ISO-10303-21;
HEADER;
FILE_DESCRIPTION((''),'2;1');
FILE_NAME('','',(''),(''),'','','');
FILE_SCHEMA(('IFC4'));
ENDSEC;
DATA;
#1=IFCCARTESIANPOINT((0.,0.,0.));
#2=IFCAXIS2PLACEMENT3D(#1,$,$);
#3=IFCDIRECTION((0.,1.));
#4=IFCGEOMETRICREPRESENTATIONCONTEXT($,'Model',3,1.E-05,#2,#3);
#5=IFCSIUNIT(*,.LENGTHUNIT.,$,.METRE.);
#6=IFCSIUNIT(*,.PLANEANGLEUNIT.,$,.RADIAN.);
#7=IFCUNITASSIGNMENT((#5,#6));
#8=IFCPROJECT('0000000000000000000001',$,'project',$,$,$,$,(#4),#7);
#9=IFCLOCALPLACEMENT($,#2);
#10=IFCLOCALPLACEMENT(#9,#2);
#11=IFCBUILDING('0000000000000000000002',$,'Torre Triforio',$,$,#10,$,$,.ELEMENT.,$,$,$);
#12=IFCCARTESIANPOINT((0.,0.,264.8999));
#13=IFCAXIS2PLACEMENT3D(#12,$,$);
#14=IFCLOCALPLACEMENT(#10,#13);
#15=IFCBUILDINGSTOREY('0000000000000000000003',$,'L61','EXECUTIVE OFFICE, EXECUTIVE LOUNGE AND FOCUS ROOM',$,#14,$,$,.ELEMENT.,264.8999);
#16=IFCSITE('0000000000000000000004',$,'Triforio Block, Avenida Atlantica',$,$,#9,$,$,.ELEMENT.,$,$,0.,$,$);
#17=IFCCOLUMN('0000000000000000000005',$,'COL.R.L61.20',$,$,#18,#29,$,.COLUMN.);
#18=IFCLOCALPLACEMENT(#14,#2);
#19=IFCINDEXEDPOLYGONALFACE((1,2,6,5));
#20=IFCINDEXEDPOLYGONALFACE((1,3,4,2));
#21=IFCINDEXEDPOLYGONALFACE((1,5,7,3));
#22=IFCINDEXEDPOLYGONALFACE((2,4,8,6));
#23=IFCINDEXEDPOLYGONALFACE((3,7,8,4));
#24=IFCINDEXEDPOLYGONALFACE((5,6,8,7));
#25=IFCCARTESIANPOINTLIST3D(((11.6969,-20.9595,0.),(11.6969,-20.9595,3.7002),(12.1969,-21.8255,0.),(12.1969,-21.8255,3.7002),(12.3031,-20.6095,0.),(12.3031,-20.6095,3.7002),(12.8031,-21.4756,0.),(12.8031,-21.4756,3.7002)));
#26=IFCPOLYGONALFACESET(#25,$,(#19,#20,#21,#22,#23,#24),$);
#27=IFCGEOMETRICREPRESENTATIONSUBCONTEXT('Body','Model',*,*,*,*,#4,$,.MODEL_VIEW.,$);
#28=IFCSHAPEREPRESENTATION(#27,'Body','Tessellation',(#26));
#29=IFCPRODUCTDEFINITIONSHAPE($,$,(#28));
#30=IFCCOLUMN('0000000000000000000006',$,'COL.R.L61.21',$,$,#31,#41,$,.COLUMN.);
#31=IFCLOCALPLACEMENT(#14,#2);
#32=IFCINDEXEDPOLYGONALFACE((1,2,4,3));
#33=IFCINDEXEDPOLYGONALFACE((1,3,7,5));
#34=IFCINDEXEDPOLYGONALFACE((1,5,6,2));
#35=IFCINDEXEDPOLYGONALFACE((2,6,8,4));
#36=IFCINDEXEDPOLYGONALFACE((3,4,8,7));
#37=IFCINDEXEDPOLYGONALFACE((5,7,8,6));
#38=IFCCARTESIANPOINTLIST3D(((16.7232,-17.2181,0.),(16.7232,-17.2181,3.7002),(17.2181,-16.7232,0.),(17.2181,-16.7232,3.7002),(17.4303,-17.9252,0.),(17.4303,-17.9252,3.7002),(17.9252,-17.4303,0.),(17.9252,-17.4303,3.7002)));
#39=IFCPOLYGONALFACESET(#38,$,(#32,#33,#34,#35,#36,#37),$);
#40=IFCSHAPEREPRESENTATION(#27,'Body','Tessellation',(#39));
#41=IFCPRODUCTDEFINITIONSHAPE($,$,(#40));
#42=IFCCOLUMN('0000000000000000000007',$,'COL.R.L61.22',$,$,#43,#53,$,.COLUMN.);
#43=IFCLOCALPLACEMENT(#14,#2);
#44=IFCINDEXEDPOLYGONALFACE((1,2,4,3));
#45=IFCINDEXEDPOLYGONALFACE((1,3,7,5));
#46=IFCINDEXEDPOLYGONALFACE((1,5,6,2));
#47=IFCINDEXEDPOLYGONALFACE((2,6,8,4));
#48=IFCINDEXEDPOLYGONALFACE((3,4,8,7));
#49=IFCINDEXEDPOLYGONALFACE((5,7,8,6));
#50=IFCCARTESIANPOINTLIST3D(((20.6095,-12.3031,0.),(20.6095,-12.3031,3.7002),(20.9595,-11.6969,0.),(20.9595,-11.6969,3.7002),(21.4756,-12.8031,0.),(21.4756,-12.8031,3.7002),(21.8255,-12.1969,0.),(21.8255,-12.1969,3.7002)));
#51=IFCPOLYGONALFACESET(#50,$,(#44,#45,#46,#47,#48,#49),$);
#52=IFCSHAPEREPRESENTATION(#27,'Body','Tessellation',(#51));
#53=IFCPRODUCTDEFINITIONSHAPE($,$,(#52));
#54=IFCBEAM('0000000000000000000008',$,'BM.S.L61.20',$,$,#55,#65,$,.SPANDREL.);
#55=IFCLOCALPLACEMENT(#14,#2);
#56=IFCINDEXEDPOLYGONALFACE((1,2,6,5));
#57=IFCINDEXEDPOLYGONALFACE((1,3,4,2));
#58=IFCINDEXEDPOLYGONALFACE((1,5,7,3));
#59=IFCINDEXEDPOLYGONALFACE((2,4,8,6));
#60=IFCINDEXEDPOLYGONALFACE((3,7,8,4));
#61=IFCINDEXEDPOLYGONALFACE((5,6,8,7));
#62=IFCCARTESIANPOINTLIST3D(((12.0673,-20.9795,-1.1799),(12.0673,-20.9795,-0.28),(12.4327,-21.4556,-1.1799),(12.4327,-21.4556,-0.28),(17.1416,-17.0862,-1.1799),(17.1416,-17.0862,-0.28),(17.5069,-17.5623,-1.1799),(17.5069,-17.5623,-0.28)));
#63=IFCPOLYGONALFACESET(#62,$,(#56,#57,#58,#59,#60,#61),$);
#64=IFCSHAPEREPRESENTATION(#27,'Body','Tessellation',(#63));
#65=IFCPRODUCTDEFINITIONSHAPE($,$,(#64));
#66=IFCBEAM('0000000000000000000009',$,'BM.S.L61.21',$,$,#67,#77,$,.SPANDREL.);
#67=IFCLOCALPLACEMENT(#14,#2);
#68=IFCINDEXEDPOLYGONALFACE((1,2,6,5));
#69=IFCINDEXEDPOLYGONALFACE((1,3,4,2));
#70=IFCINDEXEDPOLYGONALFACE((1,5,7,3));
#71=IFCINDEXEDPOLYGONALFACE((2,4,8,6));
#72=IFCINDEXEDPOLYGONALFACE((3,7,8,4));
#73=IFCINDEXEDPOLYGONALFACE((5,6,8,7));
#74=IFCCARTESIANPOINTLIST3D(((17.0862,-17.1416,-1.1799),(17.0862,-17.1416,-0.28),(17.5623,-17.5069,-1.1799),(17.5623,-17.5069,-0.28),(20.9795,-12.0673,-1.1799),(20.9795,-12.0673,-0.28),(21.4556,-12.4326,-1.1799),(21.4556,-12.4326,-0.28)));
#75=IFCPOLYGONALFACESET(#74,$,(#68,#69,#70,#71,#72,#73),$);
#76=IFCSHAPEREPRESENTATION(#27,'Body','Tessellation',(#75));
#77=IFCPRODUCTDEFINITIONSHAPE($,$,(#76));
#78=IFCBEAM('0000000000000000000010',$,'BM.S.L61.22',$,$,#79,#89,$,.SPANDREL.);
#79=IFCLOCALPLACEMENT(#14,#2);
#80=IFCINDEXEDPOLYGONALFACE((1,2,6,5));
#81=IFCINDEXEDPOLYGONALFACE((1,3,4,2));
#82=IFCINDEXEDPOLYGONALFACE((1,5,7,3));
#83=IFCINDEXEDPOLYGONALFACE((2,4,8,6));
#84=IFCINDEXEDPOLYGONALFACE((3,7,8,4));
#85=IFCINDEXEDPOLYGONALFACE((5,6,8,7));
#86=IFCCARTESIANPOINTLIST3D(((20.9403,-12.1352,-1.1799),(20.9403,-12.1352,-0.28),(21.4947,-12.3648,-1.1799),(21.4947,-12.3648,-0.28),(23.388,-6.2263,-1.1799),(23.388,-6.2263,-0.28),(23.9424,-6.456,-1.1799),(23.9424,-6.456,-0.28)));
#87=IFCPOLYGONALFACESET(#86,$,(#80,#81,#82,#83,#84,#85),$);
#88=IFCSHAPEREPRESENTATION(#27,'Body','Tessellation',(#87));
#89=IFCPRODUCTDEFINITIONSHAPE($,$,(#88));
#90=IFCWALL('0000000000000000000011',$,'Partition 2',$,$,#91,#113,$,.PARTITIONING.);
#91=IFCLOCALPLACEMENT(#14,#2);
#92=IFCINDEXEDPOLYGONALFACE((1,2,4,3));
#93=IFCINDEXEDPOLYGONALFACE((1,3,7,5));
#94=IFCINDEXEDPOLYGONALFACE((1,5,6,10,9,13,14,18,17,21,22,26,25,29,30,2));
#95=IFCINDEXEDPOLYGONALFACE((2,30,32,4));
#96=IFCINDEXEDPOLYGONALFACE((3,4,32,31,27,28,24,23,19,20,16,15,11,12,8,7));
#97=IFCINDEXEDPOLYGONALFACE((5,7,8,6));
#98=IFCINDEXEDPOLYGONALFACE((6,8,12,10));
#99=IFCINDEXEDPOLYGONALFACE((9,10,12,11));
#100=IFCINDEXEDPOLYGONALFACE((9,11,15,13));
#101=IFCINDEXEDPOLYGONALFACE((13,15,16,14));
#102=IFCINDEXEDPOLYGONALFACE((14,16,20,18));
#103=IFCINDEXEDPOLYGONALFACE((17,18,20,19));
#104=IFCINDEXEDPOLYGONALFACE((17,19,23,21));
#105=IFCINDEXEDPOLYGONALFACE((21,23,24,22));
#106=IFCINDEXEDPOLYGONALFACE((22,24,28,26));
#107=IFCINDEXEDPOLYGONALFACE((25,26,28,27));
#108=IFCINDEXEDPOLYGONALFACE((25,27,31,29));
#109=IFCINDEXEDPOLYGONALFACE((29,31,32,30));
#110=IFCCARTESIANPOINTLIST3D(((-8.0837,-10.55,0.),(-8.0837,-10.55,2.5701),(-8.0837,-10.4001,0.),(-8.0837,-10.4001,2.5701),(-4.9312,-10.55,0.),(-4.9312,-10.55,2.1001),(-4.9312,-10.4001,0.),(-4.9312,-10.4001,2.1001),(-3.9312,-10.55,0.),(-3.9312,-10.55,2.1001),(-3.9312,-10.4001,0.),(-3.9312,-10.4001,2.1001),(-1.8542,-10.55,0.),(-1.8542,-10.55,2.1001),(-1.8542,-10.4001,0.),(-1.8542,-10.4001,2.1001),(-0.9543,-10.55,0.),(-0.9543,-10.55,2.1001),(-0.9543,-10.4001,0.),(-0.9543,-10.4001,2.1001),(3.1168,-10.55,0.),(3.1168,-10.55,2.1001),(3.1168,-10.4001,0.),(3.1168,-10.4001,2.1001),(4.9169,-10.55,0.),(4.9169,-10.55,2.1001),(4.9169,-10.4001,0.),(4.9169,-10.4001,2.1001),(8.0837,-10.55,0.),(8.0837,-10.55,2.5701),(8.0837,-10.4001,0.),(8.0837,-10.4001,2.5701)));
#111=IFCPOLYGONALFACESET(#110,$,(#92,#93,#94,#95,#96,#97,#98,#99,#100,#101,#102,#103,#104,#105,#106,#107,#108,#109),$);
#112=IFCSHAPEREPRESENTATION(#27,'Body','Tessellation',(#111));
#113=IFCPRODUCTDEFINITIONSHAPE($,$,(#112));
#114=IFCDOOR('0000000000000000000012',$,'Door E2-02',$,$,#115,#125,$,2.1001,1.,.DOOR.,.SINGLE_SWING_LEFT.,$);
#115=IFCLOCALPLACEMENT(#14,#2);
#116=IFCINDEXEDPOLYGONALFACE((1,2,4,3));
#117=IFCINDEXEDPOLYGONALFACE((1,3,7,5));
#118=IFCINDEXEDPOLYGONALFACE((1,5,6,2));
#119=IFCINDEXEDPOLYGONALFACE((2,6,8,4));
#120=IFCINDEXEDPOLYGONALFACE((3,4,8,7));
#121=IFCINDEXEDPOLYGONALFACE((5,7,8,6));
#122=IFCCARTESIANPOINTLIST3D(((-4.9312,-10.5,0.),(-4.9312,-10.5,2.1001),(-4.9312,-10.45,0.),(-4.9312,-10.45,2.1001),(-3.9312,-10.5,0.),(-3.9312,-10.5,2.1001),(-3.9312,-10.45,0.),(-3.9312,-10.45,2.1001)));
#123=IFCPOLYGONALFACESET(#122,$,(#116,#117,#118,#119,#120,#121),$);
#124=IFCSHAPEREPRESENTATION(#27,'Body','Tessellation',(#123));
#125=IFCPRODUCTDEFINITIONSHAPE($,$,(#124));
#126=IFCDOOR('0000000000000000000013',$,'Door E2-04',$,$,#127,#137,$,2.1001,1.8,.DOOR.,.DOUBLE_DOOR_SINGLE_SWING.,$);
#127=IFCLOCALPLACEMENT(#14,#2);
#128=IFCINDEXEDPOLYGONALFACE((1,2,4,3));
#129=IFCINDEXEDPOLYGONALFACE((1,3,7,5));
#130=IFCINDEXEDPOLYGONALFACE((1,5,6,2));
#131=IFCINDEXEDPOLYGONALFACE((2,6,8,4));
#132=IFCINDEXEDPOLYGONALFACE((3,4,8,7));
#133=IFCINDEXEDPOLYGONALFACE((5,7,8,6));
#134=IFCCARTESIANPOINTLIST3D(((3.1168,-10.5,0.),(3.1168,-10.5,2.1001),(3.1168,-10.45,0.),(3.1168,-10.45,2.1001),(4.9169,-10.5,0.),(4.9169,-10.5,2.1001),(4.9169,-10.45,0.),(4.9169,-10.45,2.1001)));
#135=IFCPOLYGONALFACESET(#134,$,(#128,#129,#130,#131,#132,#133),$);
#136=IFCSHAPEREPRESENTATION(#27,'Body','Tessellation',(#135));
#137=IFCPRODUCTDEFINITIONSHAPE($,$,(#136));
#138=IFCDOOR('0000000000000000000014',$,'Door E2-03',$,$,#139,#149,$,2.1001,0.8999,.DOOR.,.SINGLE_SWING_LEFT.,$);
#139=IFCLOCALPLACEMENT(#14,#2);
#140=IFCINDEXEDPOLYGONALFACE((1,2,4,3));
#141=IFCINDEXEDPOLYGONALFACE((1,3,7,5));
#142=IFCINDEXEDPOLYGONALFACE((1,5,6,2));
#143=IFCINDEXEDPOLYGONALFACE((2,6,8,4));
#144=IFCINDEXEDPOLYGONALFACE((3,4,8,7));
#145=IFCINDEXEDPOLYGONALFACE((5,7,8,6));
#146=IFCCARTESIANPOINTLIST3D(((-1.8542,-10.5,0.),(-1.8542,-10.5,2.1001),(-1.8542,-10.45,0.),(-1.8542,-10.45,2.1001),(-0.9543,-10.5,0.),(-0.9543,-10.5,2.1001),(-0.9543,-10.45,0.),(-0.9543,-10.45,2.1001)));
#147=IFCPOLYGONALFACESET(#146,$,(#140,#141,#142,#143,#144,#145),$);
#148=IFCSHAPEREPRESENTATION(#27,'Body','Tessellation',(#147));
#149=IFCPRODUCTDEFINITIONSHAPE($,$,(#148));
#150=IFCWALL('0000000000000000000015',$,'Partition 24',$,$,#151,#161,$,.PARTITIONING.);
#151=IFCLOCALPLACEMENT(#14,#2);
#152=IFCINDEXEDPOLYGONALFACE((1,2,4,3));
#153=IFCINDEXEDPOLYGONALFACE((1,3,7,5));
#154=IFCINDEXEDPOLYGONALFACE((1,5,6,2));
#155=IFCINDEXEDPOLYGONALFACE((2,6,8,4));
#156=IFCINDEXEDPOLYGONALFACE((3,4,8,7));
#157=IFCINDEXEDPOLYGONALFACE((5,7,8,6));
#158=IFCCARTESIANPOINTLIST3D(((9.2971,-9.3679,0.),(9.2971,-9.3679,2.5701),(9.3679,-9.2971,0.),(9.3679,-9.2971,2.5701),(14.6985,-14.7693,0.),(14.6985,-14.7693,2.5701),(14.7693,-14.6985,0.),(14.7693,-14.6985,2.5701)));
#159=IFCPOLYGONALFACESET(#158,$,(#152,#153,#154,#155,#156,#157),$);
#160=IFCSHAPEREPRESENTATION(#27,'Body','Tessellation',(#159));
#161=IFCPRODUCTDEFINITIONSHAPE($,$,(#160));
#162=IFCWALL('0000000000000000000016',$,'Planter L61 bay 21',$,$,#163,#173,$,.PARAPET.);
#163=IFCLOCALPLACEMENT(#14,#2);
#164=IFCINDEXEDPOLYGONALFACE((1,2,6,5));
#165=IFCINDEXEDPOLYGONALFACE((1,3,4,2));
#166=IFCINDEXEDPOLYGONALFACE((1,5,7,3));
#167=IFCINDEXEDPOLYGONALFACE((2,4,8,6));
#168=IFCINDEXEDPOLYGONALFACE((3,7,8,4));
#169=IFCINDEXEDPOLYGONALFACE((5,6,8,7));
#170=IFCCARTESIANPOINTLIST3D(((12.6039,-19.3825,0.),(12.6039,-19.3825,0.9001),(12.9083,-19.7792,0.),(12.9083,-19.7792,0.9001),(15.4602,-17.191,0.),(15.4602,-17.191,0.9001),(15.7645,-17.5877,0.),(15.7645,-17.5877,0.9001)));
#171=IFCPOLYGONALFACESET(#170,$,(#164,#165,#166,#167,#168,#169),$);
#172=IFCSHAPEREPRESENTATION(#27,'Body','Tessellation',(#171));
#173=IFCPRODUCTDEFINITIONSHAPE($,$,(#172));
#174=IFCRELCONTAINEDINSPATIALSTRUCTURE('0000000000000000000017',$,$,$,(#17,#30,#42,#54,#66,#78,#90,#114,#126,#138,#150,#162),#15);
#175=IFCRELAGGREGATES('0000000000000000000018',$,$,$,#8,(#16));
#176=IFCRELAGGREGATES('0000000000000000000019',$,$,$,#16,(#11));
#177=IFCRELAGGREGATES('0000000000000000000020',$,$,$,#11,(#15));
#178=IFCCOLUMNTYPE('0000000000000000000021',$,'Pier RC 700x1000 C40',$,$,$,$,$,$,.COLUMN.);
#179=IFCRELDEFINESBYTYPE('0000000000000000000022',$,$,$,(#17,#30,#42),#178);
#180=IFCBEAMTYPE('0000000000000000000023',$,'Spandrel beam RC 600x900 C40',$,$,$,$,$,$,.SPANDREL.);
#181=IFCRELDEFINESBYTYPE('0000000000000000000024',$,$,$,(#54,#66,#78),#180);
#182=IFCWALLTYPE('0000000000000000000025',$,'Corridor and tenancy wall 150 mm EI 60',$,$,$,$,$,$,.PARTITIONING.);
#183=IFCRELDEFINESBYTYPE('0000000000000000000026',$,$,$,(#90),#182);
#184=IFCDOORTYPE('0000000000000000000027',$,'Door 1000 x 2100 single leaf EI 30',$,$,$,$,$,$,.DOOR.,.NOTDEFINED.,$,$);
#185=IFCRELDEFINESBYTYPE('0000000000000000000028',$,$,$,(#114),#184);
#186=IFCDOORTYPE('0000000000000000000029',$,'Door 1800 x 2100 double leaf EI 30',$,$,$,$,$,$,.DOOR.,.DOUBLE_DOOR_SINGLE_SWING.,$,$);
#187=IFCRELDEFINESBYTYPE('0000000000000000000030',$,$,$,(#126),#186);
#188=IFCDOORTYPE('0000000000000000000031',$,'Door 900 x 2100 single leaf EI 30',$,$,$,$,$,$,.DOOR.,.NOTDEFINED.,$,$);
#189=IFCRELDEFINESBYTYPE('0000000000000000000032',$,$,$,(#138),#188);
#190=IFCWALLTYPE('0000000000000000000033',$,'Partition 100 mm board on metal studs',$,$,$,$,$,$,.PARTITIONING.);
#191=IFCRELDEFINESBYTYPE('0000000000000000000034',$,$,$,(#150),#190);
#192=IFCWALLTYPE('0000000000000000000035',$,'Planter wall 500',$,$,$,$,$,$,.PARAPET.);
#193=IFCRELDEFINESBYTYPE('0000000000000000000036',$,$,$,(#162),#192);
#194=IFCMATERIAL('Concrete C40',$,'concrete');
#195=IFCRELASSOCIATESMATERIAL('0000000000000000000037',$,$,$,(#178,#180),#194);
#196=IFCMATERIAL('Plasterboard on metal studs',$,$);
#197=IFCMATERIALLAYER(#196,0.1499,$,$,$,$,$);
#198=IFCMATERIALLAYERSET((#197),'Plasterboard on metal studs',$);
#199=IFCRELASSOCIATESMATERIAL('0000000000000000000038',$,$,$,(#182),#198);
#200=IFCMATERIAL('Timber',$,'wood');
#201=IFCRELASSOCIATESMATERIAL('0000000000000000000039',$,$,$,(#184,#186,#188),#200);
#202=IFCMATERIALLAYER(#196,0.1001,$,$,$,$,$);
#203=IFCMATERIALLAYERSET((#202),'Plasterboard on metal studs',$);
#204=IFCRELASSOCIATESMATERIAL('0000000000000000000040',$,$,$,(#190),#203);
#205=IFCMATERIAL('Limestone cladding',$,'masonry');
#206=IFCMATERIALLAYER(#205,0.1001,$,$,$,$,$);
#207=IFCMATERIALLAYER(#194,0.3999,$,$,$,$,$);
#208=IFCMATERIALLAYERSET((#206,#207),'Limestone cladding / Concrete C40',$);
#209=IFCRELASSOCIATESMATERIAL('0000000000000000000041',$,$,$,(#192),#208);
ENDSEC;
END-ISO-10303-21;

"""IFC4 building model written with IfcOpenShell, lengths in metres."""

from ifc_helpers import new_model, si_unit, direction, frame, frame_2d, origin, origin_2d, place, context, subcontext, project, spatial, rectangle, extrude, material, layer, layer_set, material_profile, profile_set, type_object, element, fill, save


model = new_model("IFC4")

# Units and contexts
model_context = context("Model", 3, precision=1e-05, world=origin(), true_north=direction((0.0, 1.0)))
body_context = subcontext(model_context, "Body", "Model", "MODEL_VIEW")
ifc_project = project(units=[si_unit("LENGTHUNIT", "METRE"), si_unit("PLANEANGLEUNIT", "RADIAN")], contexts=[model_context])

# Site, building, storey
site_placement = place(None, origin())
site = spatial("IfcSite", under=ifc_project, at=site_placement, Name="Triforio Block, Avenida Atlantica", CompositionType="ELEMENT", RefElevation=0.0)
building_placement = place(site_placement, origin())
building = spatial("IfcBuilding", under=site, at=building_placement, Name="Torre Triforio", CompositionType="ELEMENT")
storey_placement = place(building_placement, frame((0.0, 0.0, 264.8999)))
storey = spatial("IfcBuildingStorey", under=building, at=storey_placement, Name="L61", Description="EXECUTIVE OFFICE, EXECUTIVE LOUNGE AND FOCUS ROOM", CompositionType="ELEMENT", Elevation=264.8999)

# Columns
ifc_material_1 = material(Name="Concrete C40", Category="concrete")
ifc_material_profile_1 = material_profile(ifc_material_1, rectangle(XDim=0.7, YDim=1.0, at=origin_2d()), Name="RC 700x1000")
ifc_profile_set_1 = profile_set([ifc_material_profile_1], Name="Concrete C40")
column_type = type_object("IfcColumnType", Name="Pier RC 700x1000 C40", PredefinedType="COLUMN", material=ifc_profile_set_1)
for number, where, z_axis, x_axis, name in (
    (1, (12.25, -21.2175, 0.0), (0.0, 0.0, 1.0), (0.866025, 0.5, 0.0), "COL.R.L61.20"),
    (2, (17.3242, -17.3242, 0.0), (0.0, 0.0, 1.0), (0.707107, 0.707107, 0.0), "COL.R.L61.21"),
    (3, (21.2175, -12.25, 0.0), (0.0, 0.0, 1.0), (0.5, 0.866025, 0.0), "COL.R.L61.22"),
):
    element("IfcColumn", number, at=place(storey_placement, frame(where, z_axis=z_axis, x_axis=x_axis)), inside=storey, type_object=column_type, Name=name, PredefinedType="COLUMN", context=body_context, shape_type="SweptSolid", body=[
        extrude(rectangle(XDim=0.7, YDim=1.0, at=origin_2d()), origin(), (0.0, 0.0, 1.0), 3.7002),
    ])

# Beams
ifc_material_profile_2 = material_profile(ifc_material_1, rectangle(XDim=0.6001, YDim=0.8999, at=origin_2d()), Name="RC 600x900")
ifc_profile_set_2 = profile_set([ifc_material_profile_2], Name="Concrete C40")
beam_type = type_object("IfcBeamType", Name="Spandrel beam RC 600x900 C40", PredefinedType="SPANDREL", material=ifc_profile_set_2)
for number, where, z_axis, x_axis, name in (
    (4, (12.25, -21.2175, -0.73), (0.793374, 0.608734, 0.0), (-0.608734, 0.793374, 0.0), "BM.S.L61.20"),
    (5, (17.3242, -17.3242, -0.73), (0.608734, 0.793374, 0.0), (-0.793374, 0.608734, 0.0), "BM.S.L61.21"),
    (6, (21.2175, -12.25, -0.73), (0.382709, 0.923869, 0.0), (-0.923869, 0.382709, 0.0), "BM.S.L61.22"),
):
    element("IfcBeam", number, at=place(storey_placement, frame(where, z_axis=z_axis, x_axis=x_axis)), inside=storey, type_object=beam_type, Name=name, PredefinedType="SPANDREL", context=body_context, shape_type="SweptSolid", body=[
        extrude(rectangle(XDim=0.6001, YDim=0.8999, at=origin_2d()), origin(), (0.0, 0.0, 1.0), 6.3958),
    ])

# Wall, openings, doors
ifc_material_2 = material(Name="Plasterboard on metal studs")
ifc_layer_1 = layer(ifc_material_2, 0.1499)
ifc_layer_set_1 = layer_set([ifc_layer_1], Name="Plasterboard on metal studs")
wall_type_1 = type_object("IfcWallType", Name="Corridor and tenancy wall 150 mm EI 60", PredefinedType="PARTITIONING", material=ifc_layer_set_1)
wall_1_placement = place(storey_placement, frame((8.0837, -10.4751, 0.0), z_axis=(0.0, 0.0, 1.0), x_axis=(-1.0, 0.0, 0.0)))
wall_1 = element("IfcWall", 7, at=wall_1_placement, inside=storey, type_object=wall_type_1, Name="Partition 2", PredefinedType="PARTITIONING", context=body_context, shape_type="SweptSolid", body=[
    extrude(rectangle(XDim=16.1675, YDim=0.1499, at=frame_2d((8.0837, 0.0))), origin(), (0.0, 0.0, 1.0), 2.5701),
])
opening_1_placement = place(wall_1_placement, frame((12.0149, 0.0, 0.0)))
opening_1 = element("IfcOpeningElement", 8, at=opening_1_placement, cuts=wall_1, PredefinedType="OPENING", context=body_context, shape_type="SweptSolid", body=[
    extrude(rectangle(XDim=1.0, YDim=2.1001, at=frame_2d((0.5, 1.05))), frame((0.0, 0.085, 0.0), z_axis=(0.0, -1.0, 0.0), x_axis=(1.0, 0.0, 0.0)), (0.0, 0.0, 1.0), 0.1699),
])
opening_2_placement = place(wall_1_placement, frame((9.0381, 0.0, 0.0)))
opening_2 = element("IfcOpeningElement", 9, at=opening_2_placement, cuts=wall_1, PredefinedType="OPENING", context=body_context, shape_type="SweptSolid", body=[
    extrude(rectangle(XDim=0.8999, YDim=2.1001, at=frame_2d((0.45, 1.05))), frame((0.0, 0.085, 0.0), z_axis=(0.0, -1.0, 0.0), x_axis=(1.0, 0.0, 0.0)), (0.0, 0.0, 1.0), 0.1699),
])
opening_3_placement = place(wall_1_placement, frame((3.167, 0.0, 0.0)))
opening_3 = element("IfcOpeningElement", 10, at=opening_3_placement, cuts=wall_1, PredefinedType="OPENING", context=body_context, shape_type="SweptSolid", body=[
    extrude(rectangle(XDim=1.8, YDim=2.1001, at=frame_2d((0.8999, 1.05))), frame((0.0, 0.085, 0.0), z_axis=(0.0, -1.0, 0.0), x_axis=(1.0, 0.0, 0.0)), (0.0, 0.0, 1.0), 0.1699),
])
ifc_material_3 = material(Name="Timber", Category="wood")
door_type_1 = type_object("IfcDoorType", Name="Door 1000 x 2100 single leaf EI 30", OperationType="NOTDEFINED", PredefinedType="DOOR", material=ifc_material_3)
door_1_placement = place(opening_1_placement, origin())
door_1 = element("IfcDoor", 11, at=door_1_placement, inside=storey, type_object=door_type_1, Name="Door E2-02", OperationType="SINGLE_SWING_LEFT", OverallHeight=2.1001, OverallWidth=1.0, PredefinedType="DOOR", context=body_context, shape_type="SweptSolid", body=[
    extrude(rectangle(XDim=1.0, YDim=2.1001, at=frame_2d((0.5, 1.05))), frame((0.0, 0.0249, 0.0), z_axis=(0.0, -1.0, 0.0), x_axis=(1.0, 0.0, 0.0)), (0.0, 0.0, 1.0), 0.05),
])
fill(opening_1, door_1)
door_type_2 = type_object("IfcDoorType", Name="Door 1800 x 2100 double leaf EI 30", OperationType="DOUBLE_DOOR_SINGLE_SWING", PredefinedType="DOOR", material=ifc_material_3)
door_2_placement = place(opening_3_placement, origin())
door_2 = element("IfcDoor", 12, at=door_2_placement, inside=storey, type_object=door_type_2, Name="Door E2-04", OperationType="DOUBLE_DOOR_SINGLE_SWING", OverallHeight=2.1001, OverallWidth=1.8, PredefinedType="DOOR", context=body_context, shape_type="SweptSolid", body=[
    extrude(rectangle(XDim=1.8, YDim=2.1001, at=frame_2d((0.8999, 1.05))), frame((0.0, 0.0249, 0.0), z_axis=(0.0, -1.0, 0.0), x_axis=(1.0, 0.0, 0.0)), (0.0, 0.0, 1.0), 0.05),
])
fill(opening_3, door_2)
door_type_3 = type_object("IfcDoorType", Name="Door 900 x 2100 single leaf EI 30", OperationType="NOTDEFINED", PredefinedType="DOOR", material=ifc_material_3)
door_3_placement = place(opening_2_placement, origin())
door_3 = element("IfcDoor", 13, at=door_3_placement, inside=storey, type_object=door_type_3, Name="Door E2-03", OperationType="SINGLE_SWING_LEFT", OverallHeight=2.1001, OverallWidth=0.8999, PredefinedType="DOOR", context=body_context, shape_type="SweptSolid", body=[
    extrude(rectangle(XDim=0.8999, YDim=2.1001, at=frame_2d((0.45, 1.05))), frame((0.0, 0.0249, 0.0), z_axis=(0.0, -1.0, 0.0), x_axis=(1.0, 0.0, 0.0)), (0.0, 0.0, 1.0), 0.05),
])
fill(opening_2, door_3)

# Walls
ifc_layer_2 = layer(ifc_material_2, 0.1001)
ifc_layer_set_2 = layer_set([ifc_layer_2], Name="Plasterboard on metal studs")
wall_type_2 = type_object("IfcWallType", Name="Partition 100 mm board on metal studs", PredefinedType="PARTITIONING", material=ifc_layer_set_2)
wall_2_placement = place(storey_placement, frame((9.3325, -9.3325, 0.0), z_axis=(0.0, 0.0, 1.0), x_axis=(0.707107, -0.707107, 0.0)))
element("IfcWall", 14, at=wall_2_placement, inside=storey, type_object=wall_type_2, Name="Partition 24", PredefinedType="PARTITIONING", context=body_context, shape_type="SweptSolid", body=[
    extrude(rectangle(XDim=7.6387, YDim=0.1001, at=frame_2d((3.8193, 0.0))), origin(), (0.0, 0.0, 1.0), 2.5701),
])
ifc_material_4 = material(Name="Limestone cladding", Category="masonry")
ifc_layer_3 = layer(ifc_material_4, 0.1001)
ifc_layer_4 = layer(ifc_material_1, 0.3999)
ifc_layer_set_3 = layer_set([ifc_layer_3, ifc_layer_4], Name="Limestone cladding / Concrete C40")
wall_type_3 = type_object("IfcWallType", Name="Planter wall 500", PredefinedType="PARAPET", material=ifc_layer_set_3)
wall_3_placement = place(storey_placement, frame((12.7561, -19.5808, 0.0), z_axis=(0.0, 0.0, 1.0), x_axis=(0.793385, 0.608721, 0.0)))
element("IfcWall", 15, at=wall_3_placement, inside=storey, type_object=wall_type_3, Name="Planter L61 bay 21", PredefinedType="PARAPET", context=body_context, shape_type="SweptSolid", body=[
    extrude(rectangle(XDim=3.6001, YDim=0.5, at=frame_2d((1.8, 0.0))), origin(), (0.0, 0.0, 1.0), 0.9001),
])

save(model, "model.ifc")
